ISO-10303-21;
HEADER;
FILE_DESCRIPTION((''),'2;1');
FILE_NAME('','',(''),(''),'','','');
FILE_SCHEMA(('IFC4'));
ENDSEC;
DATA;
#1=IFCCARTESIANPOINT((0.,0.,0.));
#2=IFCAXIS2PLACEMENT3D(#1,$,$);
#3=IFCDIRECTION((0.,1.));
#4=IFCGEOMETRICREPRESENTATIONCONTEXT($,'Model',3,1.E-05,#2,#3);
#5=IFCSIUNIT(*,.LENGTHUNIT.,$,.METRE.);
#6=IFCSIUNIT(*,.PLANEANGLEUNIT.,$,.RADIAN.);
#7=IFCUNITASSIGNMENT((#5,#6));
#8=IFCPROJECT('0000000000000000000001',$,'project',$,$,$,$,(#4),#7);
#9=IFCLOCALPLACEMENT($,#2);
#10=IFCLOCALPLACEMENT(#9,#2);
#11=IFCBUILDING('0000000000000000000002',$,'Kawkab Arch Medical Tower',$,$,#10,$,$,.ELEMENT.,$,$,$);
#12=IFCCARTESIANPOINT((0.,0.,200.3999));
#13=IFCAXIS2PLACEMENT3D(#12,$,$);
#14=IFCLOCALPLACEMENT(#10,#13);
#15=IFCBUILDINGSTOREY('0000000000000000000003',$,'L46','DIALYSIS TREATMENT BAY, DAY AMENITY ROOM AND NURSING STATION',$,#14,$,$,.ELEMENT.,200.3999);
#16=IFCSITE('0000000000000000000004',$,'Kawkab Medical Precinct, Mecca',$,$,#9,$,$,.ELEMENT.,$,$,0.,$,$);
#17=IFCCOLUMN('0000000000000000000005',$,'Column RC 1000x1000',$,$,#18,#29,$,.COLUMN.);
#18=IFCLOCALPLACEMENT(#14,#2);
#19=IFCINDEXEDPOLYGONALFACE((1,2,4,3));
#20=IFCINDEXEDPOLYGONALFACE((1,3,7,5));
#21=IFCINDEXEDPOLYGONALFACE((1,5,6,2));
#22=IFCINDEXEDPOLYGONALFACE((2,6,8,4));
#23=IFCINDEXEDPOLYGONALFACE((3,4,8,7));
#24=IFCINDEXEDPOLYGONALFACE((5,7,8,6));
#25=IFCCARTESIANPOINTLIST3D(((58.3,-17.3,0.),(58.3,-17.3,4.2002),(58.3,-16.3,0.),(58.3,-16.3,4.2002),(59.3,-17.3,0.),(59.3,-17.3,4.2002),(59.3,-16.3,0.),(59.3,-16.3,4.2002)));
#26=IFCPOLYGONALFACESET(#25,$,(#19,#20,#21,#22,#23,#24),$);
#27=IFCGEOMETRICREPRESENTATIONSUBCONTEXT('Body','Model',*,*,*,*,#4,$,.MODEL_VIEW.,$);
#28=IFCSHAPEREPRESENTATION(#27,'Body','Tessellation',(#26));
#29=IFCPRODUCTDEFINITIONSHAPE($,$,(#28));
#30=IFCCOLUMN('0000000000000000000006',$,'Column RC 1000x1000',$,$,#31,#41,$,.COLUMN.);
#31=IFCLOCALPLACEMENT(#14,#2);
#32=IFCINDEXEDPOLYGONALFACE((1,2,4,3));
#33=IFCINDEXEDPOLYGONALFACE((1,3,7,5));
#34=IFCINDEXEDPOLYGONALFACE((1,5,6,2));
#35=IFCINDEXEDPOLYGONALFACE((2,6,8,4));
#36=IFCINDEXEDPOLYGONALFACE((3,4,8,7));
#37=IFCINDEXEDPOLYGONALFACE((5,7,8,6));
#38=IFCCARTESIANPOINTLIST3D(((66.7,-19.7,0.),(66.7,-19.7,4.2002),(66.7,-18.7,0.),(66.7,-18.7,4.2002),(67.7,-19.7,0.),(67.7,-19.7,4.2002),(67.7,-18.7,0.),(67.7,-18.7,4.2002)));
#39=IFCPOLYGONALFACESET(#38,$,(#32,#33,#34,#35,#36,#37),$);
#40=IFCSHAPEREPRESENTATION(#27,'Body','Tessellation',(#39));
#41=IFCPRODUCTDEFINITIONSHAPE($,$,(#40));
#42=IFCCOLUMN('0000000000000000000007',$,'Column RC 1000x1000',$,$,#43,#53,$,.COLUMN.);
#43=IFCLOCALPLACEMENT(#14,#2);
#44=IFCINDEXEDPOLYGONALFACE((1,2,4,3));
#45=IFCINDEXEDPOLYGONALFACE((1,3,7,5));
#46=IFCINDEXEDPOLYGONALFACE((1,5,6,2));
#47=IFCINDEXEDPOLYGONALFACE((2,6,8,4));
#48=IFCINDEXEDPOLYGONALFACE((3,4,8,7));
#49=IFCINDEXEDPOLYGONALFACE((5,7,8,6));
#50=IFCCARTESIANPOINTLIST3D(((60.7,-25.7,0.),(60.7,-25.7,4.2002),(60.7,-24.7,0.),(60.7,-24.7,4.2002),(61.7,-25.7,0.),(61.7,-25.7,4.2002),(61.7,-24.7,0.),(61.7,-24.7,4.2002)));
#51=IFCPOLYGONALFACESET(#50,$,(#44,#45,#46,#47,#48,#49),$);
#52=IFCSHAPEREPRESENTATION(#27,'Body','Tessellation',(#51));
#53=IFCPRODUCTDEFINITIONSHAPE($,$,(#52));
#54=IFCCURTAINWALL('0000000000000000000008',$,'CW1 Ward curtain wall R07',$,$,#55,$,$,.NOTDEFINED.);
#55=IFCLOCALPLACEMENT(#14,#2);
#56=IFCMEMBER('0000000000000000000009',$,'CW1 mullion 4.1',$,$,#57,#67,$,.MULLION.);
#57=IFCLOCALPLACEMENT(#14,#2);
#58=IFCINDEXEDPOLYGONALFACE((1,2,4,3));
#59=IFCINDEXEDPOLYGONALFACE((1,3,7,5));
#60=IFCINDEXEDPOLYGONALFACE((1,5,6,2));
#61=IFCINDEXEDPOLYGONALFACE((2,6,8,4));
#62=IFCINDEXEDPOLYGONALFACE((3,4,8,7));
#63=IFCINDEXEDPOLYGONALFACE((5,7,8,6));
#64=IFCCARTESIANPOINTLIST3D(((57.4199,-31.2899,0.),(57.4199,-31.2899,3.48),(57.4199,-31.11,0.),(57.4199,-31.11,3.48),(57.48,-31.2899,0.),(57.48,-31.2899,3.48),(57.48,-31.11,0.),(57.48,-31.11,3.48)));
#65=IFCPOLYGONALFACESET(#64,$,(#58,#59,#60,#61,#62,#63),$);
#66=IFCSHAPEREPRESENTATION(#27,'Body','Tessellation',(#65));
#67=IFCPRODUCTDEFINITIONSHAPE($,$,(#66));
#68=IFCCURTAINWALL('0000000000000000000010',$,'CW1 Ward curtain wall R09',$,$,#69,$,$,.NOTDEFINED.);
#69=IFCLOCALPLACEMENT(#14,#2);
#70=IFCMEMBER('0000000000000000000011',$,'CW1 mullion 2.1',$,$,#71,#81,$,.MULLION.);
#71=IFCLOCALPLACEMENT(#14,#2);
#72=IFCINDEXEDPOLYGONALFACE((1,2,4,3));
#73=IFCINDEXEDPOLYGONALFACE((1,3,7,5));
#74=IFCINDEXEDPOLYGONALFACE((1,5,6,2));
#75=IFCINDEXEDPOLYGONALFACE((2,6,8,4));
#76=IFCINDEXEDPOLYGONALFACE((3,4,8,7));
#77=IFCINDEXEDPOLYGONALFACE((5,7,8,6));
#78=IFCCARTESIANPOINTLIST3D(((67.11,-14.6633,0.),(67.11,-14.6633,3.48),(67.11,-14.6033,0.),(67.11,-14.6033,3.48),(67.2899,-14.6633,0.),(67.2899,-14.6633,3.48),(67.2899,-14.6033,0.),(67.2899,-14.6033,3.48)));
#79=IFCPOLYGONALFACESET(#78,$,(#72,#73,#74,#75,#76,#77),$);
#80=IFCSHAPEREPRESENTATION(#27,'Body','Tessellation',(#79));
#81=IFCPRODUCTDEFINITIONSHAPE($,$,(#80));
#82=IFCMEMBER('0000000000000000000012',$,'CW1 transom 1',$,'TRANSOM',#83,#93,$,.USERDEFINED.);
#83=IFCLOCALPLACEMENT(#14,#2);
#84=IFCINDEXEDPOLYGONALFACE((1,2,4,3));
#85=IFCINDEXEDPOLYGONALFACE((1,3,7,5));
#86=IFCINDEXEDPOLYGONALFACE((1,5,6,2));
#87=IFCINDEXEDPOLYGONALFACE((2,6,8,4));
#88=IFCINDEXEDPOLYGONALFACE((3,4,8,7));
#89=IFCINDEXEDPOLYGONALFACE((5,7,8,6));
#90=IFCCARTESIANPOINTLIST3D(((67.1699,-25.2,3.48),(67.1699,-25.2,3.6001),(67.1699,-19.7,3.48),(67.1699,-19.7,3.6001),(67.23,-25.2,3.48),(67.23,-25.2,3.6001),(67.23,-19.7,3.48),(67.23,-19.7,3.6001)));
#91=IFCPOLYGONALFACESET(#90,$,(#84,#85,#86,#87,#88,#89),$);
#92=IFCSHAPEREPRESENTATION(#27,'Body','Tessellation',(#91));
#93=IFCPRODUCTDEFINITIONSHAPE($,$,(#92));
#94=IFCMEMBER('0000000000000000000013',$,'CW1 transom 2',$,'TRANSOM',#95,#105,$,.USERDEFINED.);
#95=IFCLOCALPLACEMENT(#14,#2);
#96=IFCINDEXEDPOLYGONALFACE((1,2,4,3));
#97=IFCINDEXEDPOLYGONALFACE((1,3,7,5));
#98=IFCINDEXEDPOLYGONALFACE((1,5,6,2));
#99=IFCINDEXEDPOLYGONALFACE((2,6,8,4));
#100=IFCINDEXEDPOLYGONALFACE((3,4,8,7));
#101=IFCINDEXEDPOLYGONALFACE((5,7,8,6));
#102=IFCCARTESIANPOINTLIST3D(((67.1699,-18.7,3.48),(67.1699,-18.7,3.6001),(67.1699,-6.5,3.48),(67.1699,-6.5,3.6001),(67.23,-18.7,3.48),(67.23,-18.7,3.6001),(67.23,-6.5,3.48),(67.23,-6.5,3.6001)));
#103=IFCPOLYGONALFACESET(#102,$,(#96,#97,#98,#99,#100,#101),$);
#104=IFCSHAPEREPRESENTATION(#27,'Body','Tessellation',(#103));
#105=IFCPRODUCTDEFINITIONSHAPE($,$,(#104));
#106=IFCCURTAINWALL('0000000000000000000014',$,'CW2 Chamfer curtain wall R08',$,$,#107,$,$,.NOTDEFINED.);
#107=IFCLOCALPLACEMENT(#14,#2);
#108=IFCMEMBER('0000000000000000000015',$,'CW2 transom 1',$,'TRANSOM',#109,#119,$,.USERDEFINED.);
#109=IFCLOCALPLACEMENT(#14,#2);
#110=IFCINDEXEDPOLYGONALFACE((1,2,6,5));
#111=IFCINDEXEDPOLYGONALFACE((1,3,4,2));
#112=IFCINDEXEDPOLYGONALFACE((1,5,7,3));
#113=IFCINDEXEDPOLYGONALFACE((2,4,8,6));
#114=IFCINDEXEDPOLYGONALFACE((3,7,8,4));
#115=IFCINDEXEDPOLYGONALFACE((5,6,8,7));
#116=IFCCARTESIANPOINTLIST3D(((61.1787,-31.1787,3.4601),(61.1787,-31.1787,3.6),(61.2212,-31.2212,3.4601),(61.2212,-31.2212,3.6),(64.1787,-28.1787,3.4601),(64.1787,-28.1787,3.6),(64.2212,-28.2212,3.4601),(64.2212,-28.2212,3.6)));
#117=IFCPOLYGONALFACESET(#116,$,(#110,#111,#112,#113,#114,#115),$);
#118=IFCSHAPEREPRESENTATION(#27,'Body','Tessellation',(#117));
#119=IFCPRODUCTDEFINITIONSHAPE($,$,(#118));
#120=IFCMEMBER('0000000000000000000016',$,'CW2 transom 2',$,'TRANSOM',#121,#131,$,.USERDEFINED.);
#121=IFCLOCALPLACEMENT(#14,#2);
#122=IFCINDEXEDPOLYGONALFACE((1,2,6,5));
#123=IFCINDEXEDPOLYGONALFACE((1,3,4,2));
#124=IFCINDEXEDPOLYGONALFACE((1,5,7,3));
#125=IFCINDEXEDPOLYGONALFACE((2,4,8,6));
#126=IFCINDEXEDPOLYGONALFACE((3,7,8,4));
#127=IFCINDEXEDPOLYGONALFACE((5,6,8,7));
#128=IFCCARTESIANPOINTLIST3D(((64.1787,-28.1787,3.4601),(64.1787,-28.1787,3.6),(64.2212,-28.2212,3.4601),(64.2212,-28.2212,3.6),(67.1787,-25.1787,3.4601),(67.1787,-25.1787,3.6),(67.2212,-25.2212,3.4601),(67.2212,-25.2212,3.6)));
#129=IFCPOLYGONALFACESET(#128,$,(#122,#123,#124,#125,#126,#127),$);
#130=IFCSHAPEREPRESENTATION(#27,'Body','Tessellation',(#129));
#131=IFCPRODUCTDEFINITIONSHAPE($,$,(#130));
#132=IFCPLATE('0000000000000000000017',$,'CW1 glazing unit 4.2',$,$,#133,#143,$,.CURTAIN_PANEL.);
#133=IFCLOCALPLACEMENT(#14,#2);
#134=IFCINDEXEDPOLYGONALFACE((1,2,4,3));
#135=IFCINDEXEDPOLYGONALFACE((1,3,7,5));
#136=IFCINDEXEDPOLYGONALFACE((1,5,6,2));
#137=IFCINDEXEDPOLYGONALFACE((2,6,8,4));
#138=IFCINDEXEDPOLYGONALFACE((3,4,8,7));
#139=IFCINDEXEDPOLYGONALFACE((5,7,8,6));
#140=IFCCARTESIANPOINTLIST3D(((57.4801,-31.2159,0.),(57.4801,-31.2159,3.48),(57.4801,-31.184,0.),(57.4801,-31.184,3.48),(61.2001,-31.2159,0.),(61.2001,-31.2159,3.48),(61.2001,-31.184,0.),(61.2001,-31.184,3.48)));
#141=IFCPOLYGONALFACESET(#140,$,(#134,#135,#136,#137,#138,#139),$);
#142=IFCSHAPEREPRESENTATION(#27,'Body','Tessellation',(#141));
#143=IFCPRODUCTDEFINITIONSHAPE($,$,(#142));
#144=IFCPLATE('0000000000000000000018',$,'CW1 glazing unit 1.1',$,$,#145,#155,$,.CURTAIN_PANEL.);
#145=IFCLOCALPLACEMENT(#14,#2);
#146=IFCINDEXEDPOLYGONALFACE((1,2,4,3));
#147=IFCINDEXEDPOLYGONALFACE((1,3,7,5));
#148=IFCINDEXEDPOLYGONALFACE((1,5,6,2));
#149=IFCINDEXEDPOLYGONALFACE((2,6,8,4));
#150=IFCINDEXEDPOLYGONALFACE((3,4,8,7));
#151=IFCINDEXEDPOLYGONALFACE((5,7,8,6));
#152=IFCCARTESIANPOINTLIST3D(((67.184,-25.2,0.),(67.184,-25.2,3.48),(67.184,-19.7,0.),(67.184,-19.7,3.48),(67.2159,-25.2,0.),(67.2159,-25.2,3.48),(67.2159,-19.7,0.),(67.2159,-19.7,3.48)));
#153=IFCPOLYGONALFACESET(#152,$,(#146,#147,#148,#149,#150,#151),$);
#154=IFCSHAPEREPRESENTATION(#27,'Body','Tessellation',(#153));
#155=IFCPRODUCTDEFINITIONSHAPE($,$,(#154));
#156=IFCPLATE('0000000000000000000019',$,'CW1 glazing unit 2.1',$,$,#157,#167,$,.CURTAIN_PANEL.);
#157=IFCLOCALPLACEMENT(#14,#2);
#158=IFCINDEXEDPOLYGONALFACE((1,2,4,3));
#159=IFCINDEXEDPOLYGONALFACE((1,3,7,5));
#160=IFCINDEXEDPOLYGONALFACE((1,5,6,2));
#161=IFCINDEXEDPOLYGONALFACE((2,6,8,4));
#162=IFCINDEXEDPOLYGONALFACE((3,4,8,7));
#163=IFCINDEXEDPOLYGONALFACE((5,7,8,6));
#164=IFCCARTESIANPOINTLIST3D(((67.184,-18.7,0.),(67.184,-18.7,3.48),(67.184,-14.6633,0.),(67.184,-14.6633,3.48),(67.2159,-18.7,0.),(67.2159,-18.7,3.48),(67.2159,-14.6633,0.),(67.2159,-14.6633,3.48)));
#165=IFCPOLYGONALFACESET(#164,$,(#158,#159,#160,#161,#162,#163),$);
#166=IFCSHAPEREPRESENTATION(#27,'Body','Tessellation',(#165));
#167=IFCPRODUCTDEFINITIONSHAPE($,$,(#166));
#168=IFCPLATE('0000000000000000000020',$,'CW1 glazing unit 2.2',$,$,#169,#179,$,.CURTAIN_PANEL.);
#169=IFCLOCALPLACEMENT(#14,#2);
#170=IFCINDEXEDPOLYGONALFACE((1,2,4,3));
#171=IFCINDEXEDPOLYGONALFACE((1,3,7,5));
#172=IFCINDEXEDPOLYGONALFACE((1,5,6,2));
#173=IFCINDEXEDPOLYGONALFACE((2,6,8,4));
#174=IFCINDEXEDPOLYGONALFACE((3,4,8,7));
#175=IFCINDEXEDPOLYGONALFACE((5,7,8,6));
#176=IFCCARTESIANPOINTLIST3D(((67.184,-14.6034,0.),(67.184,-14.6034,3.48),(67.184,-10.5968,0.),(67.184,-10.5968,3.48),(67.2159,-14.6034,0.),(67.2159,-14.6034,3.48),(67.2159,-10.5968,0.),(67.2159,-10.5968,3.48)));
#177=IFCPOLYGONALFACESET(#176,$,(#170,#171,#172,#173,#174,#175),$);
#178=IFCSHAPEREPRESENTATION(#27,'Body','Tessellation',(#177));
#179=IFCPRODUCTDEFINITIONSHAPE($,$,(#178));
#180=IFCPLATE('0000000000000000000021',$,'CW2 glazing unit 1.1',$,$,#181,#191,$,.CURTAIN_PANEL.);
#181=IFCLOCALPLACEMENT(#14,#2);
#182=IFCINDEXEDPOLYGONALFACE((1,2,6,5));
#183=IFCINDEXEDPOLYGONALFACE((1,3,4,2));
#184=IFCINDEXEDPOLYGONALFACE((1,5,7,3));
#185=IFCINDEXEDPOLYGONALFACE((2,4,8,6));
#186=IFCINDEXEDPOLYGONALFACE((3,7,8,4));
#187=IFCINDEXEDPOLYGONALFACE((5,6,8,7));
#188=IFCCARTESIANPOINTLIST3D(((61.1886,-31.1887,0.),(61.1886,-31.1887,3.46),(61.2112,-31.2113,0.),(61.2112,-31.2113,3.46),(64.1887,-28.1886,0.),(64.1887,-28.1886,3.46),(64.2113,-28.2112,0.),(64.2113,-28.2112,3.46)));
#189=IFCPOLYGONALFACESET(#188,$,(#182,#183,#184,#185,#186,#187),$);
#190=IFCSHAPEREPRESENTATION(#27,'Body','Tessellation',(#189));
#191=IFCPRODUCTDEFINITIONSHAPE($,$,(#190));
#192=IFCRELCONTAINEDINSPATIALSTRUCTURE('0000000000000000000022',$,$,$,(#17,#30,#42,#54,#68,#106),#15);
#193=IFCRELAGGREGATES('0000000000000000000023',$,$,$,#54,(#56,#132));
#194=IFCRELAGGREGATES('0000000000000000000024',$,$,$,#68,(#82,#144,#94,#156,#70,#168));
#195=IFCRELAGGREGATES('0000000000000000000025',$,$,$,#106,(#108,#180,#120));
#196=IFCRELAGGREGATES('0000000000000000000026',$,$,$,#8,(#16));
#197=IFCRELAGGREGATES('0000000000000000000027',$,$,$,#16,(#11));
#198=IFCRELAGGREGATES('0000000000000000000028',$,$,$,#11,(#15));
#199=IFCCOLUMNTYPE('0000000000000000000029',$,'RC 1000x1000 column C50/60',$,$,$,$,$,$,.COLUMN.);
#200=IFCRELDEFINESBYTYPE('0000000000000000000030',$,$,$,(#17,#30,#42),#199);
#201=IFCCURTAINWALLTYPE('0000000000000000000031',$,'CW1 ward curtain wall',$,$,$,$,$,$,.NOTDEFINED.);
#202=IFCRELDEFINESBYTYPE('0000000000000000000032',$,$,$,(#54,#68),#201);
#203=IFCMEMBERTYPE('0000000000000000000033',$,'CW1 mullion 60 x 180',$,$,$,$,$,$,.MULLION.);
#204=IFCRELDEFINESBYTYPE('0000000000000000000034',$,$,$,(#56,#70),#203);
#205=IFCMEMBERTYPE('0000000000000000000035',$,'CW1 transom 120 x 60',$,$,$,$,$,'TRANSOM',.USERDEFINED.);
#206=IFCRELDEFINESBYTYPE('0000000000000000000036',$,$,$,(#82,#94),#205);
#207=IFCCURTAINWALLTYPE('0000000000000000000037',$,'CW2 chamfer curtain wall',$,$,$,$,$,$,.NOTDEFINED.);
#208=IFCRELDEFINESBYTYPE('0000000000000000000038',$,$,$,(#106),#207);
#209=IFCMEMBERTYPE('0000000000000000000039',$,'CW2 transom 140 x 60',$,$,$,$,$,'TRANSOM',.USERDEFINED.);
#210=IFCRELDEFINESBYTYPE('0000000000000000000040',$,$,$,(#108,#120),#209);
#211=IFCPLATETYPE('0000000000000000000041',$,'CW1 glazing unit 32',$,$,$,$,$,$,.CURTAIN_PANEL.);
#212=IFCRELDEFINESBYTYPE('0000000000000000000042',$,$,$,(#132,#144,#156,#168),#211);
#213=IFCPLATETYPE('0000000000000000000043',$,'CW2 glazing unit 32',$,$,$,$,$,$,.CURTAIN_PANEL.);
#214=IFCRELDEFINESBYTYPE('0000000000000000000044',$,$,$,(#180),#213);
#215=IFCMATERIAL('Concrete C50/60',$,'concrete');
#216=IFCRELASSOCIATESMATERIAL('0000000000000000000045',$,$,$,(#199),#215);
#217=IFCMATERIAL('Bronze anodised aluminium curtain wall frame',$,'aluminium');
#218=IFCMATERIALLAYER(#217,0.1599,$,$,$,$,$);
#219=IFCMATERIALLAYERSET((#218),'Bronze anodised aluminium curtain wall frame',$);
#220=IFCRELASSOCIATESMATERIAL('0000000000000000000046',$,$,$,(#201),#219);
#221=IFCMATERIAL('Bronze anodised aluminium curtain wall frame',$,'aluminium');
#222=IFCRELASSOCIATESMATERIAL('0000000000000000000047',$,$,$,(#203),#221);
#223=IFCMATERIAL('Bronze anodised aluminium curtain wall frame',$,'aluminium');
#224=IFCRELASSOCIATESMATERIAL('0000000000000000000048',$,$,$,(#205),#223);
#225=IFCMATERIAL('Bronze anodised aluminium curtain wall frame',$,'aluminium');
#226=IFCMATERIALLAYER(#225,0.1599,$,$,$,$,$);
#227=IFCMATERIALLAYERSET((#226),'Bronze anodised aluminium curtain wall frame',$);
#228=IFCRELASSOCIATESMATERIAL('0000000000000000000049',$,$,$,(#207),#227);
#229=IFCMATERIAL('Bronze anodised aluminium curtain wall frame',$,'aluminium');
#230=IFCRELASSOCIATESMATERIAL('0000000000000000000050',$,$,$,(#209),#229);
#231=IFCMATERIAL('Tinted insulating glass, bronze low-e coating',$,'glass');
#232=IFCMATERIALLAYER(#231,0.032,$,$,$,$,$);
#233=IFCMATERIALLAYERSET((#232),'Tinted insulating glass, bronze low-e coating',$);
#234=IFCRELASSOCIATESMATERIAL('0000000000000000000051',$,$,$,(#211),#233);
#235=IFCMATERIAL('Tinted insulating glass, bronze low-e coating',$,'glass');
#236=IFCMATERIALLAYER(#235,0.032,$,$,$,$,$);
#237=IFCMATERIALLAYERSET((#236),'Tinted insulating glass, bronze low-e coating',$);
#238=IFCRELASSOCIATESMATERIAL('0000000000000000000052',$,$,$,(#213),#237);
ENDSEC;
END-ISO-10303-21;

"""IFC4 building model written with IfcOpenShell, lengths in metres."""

from ifc_helpers import new_model, si_unit, direction, frame, origin, origin_2d, place, context, subcontext, project, spatial, rectangle, extrude, material, layer, layer_set, material_profile, profile_set, type_object, element, aggregate, save


model = new_model("IFC4")

# Units and contexts
model_context = context("Model", 3, precision=1e-05, world=origin(), true_north=direction((0.0, 1.0)))
body_context = subcontext(model_context, "Body", "Model", "MODEL_VIEW")
ifc_project = project(units=[si_unit("LENGTHUNIT", "METRE"), si_unit("PLANEANGLEUNIT", "RADIAN")], contexts=[model_context])

# Site, building, storey
site_placement = place(None, origin())
site = spatial("IfcSite", under=ifc_project, at=site_placement, Name="Kawkab Medical Precinct, Mecca", CompositionType="ELEMENT", RefElevation=0.0)
building_placement = place(site_placement, origin())
building = spatial("IfcBuilding", under=site, at=building_placement, Name="Kawkab Arch Medical Tower", CompositionType="ELEMENT")
storey_placement = place(building_placement, frame((0.0, 0.0, 200.3999)))
storey = spatial("IfcBuildingStorey", under=building, at=storey_placement, Name="L46", Description="DIALYSIS TREATMENT BAY, DAY AMENITY ROOM AND NURSING STATION", CompositionType="ELEMENT", Elevation=200.3999)

# Columns
ifc_material_1 = material(Name="Concrete C50/60", Category="concrete")
ifc_material_profile_1 = material_profile(ifc_material_1, rectangle(XDim=1.0, YDim=1.0, at=origin_2d()), Name="RC 1000x1000")
ifc_profile_set_1 = profile_set([ifc_material_profile_1], Name="Concrete C50/60")
column_type = type_object("IfcColumnType", Name="RC 1000x1000 column C50/60", PredefinedType="COLUMN", material=ifc_profile_set_1)
for number, where, z_axis, x_axis, name in (
    (1, (58.8, -16.8, 0.0), (0.0, 0.0, 1.0), (1.0, 0.0, 0.0), "Column RC 1000x1000"),
    (2, (67.2, -19.2, 0.0), (0.0, 0.0, 1.0), (1.0, 0.0, 0.0), "Column RC 1000x1000"),
    (3, (61.2, -25.2, 0.0), (0.0, 0.0, 1.0), (1.0, 0.0, 0.0), "Column RC 1000x1000"),
):
    element("IfcColumn", number, at=place(storey_placement, frame(where, z_axis=z_axis, x_axis=x_axis)), inside=storey, type_object=column_type, Name=name, PredefinedType="COLUMN", context=body_context, shape_type="SweptSolid", body=[
        extrude(rectangle(XDim=1.0, YDim=1.0, at=origin_2d()), origin(), (0.0, 0.0, 1.0), 4.2002),
    ])

# Curtain wall, member
ifc_material_2 = material(Name="Bronze anodised aluminium curtain wall frame", Category="aluminium")
ifc_layer_1 = layer(ifc_material_2, 0.1599)
ifc_layer_set_1 = layer_set([ifc_layer_1], Name="Bronze anodised aluminium curtain wall frame")
curtain_wall_type_1 = type_object("IfcCurtainWallType", Name="CW1 ward curtain wall", PredefinedType="NOTDEFINED", material=ifc_layer_set_1)
placement = place(storey_placement, origin())
curtain_wall_1 = element("IfcCurtainWall", 4, at=placement, inside=storey, type_object=curtain_wall_type_1, Name="CW1 Ward curtain wall R07", PredefinedType="NOTDEFINED")
ifc_material_3 = material(Name="Bronze anodised aluminium curtain wall frame", Category="aluminium")
ifc_material_profile_2 = material_profile(ifc_material_3, rectangle(XDim=0.1799, YDim=0.0601, at=origin_2d()), Name="AL 60x180")
ifc_profile_set_2 = profile_set([ifc_material_profile_2], Name="Bronze anodised aluminium curtain wall frame")
member_type_1 = type_object("IfcMemberType", Name="CW1 mullion 60 x 180", PredefinedType="MULLION", material=ifc_profile_set_2)
member_1_placement = place(storey_placement, frame((57.45, -31.2, 0.0), z_axis=(0.0, 0.0, 1.0), x_axis=(0.0, 1.0, 0.0)))
member_1 = element("IfcMember", 5, at=member_1_placement, type_object=member_type_1, Name="CW1 mullion 4.1", PredefinedType="MULLION", context=body_context, shape_type="SweptSolid", body=[
    extrude(rectangle(XDim=0.1799, YDim=0.0601, at=origin_2d()), origin(), (0.0, 0.0, 1.0), 3.48),
])

# Curtain walls, members
curtain_wall_2 = element("IfcCurtainWall", 6, at=placement, inside=storey, type_object=curtain_wall_type_1, Name="CW1 Ward curtain wall R09", PredefinedType="NOTDEFINED")
member_2_placement = place(storey_placement, frame((67.2, -14.6333, 0.0), z_axis=(0.0, 0.0, 1.0), x_axis=(-1.0, 0.0, 0.0)))
member_2 = element("IfcMember", 7, at=member_2_placement, type_object=member_type_1, Name="CW1 mullion 2.1", PredefinedType="MULLION", context=body_context, shape_type="SweptSolid", body=[
    extrude(rectangle(XDim=0.1799, YDim=0.0601, at=origin_2d()), origin(), (0.0, 0.0, 1.0), 3.48),
])
ifc_material_4 = material(Name="Bronze anodised aluminium curtain wall frame", Category="aluminium")
ifc_material_profile_3 = material_profile(ifc_material_4, rectangle(XDim=0.0601, YDim=0.1201, at=origin_2d()), Name="AL 60x120")
ifc_profile_set_3 = profile_set([ifc_material_profile_3], Name="Bronze anodised aluminium curtain wall frame")
member_type_2 = type_object("IfcMemberType", Name="CW1 transom 120 x 60", ElementType="TRANSOM", PredefinedType="USERDEFINED", material=ifc_profile_set_3)
member_3_placement = place(storey_placement, frame((67.2, -25.2, 3.54), z_axis=(0.0, 1.0, 0.0), x_axis=(-1.0, 0.0, 0.0)))
member_3 = element("IfcMember", 8, at=member_3_placement, type_object=member_type_2, Name="CW1 transom 1", ObjectType="TRANSOM", PredefinedType="USERDEFINED", context=body_context, shape_type="SweptSolid", body=[
    extrude(rectangle(XDim=0.0601, YDim=0.1201, at=origin_2d()), origin(), (0.0, 0.0, 1.0), 5.5),
])
member_4_placement = place(storey_placement, frame((67.2, -18.7, 3.54), z_axis=(0.0, 1.0, 0.0), x_axis=(-1.0, 0.0, 0.0)))
member_4 = element("IfcMember", 9, at=member_4_placement, type_object=member_type_2, Name="CW1 transom 2", ObjectType="TRANSOM", PredefinedType="USERDEFINED", context=body_context, shape_type="SweptSolid", body=[
    extrude(rectangle(XDim=0.0601, YDim=0.1201, at=origin_2d()), origin(), (0.0, 0.0, 1.0), 12.2),
])
ifc_material_5 = material(Name="Bronze anodised aluminium curtain wall frame", Category="aluminium")
ifc_layer_2 = layer(ifc_material_5, 0.1599)
ifc_layer_set_2 = layer_set([ifc_layer_2], Name="Bronze anodised aluminium curtain wall frame")
curtain_wall_type_2 = type_object("IfcCurtainWallType", Name="CW2 chamfer curtain wall", PredefinedType="NOTDEFINED", material=ifc_layer_set_2)
curtain_wall_3 = element("IfcCurtainWall", 10, at=placement, inside=storey, type_object=curtain_wall_type_2, Name="CW2 Chamfer curtain wall R08", PredefinedType="NOTDEFINED")
ifc_material_6 = material(Name="Bronze anodised aluminium curtain wall frame", Category="aluminium")
ifc_material_profile_4 = material_profile(ifc_material_6, rectangle(XDim=0.0601, YDim=0.1399, at=origin_2d()), Name="AL 60x140")
ifc_profile_set_4 = profile_set([ifc_material_profile_4], Name="Bronze anodised aluminium curtain wall frame")
member_type_3 = type_object("IfcMemberType", Name="CW2 transom 140 x 60", ElementType="TRANSOM", PredefinedType="USERDEFINED", material=ifc_profile_set_4)
member_5_placement = place(storey_placement, frame((61.2, -31.2, 3.53), z_axis=(0.707107, 0.707107, 0.0), x_axis=(-0.707107, 0.707107, 0.0)))
member_5 = element("IfcMember", 11, at=member_5_placement, type_object=member_type_3, Name="CW2 transom 1", ObjectType="TRANSOM", PredefinedType="USERDEFINED", context=body_context, shape_type="SweptSolid", body=[
    extrude(rectangle(XDim=0.0601, YDim=0.1399, at=origin_2d()), origin(), (0.0, 0.0, 1.0), 4.2427),
])
member_6_placement = place(storey_placement, frame((64.2, -28.2, 3.53), z_axis=(0.707107, 0.707107, 0.0), x_axis=(-0.707107, 0.707107, 0.0)))
member_6 = element("IfcMember", 12, at=member_6_placement, type_object=member_type_3, Name="CW2 transom 2", ObjectType="TRANSOM", PredefinedType="USERDEFINED", context=body_context, shape_type="SweptSolid", body=[
    extrude(rectangle(XDim=0.0601, YDim=0.1399, at=origin_2d()), origin(), (0.0, 0.0, 1.0), 4.2427),
])

# Plates
ifc_material_7 = material(Name="Tinted insulating glass, bronze low-e coating", Category="glass")
ifc_layer_3 = layer(ifc_material_7, 0.032)
ifc_layer_set_3 = layer_set([ifc_layer_3], Name="Tinted insulating glass, bronze low-e coating")
plate_type_1 = type_object("IfcPlateType", Name="CW1 glazing unit 32", PredefinedType="CURTAIN_PANEL", material=ifc_layer_set_3)
plate_1_placement = place(storey_placement, frame((59.3401, -31.2, 0.0), z_axis=(0.0, 0.0, 1.0), x_axis=(1.0, 0.0, 0.0)))
plate_1 = element("IfcPlate", 13, at=plate_1_placement, type_object=plate_type_1, Name="CW1 glazing unit 4.2", PredefinedType="CURTAIN_PANEL", context=body_context, shape_type="SweptSolid", body=[
    extrude(rectangle(XDim=3.72, YDim=0.032, at=origin_2d()), origin(), (0.0, 0.0, 1.0), 3.48),
])
aggregate(curtain_wall_1, [member_1, plate_1])
plate_2_placement = place(storey_placement, frame((67.2, -22.45, 0.0), z_axis=(0.0, 0.0, 1.0), x_axis=(0.0, 1.0, 0.0)))
plate_2 = element("IfcPlate", 14, at=plate_2_placement, type_object=plate_type_1, Name="CW1 glazing unit 1.1", PredefinedType="CURTAIN_PANEL", context=body_context, shape_type="SweptSolid", body=[
    extrude(rectangle(XDim=5.5, YDim=0.032, at=origin_2d()), origin(), (0.0, 0.0, 1.0), 3.48),
])
plate_3_placement = place(storey_placement, frame((67.2, -16.6816, 0.0), z_axis=(0.0, 0.0, 1.0), x_axis=(0.0, 1.0, 0.0)))
plate_3 = element("IfcPlate", 15, at=plate_3_placement, type_object=plate_type_1, Name="CW1 glazing unit 2.1", PredefinedType="CURTAIN_PANEL", context=body_context, shape_type="SweptSolid", body=[
    extrude(rectangle(XDim=4.0366, YDim=0.032, at=origin_2d()), origin(), (0.0, 0.0, 1.0), 3.48),
])
plate_4_placement = place(storey_placement, frame((67.2, -12.6001, 0.0), z_axis=(0.0, 0.0, 1.0), x_axis=(0.0, 1.0, 0.0)))
plate_4 = element("IfcPlate", 16, at=plate_4_placement, type_object=plate_type_1, Name="CW1 glazing unit 2.2", PredefinedType="CURTAIN_PANEL", context=body_context, shape_type="SweptSolid", body=[
    extrude(rectangle(XDim=4.0066, YDim=0.032, at=origin_2d()), origin(), (0.0, 0.0, 1.0), 3.48),
])
aggregate(curtain_wall_2, [member_3, plate_2, member_4, plate_3, member_2, plate_4])
ifc_material_8 = material(Name="Tinted insulating glass, bronze low-e coating", Category="glass")
ifc_layer_4 = layer(ifc_material_8, 0.032)
ifc_layer_set_4 = layer_set([ifc_layer_4], Name="Tinted insulating glass, bronze low-e coating")
plate_type_2 = type_object("IfcPlateType", Name="CW2 glazing unit 32", PredefinedType="CURTAIN_PANEL", material=ifc_layer_set_4)
plate_5_placement = place(storey_placement, frame((62.7, -29.7, 0.0), z_axis=(0.0, 0.0, 1.0), x_axis=(0.707107, 0.707107, 0.0)))
plate_5 = element("IfcPlate", 17, at=plate_5_placement, type_object=plate_type_2, Name="CW2 glazing unit 1.1", PredefinedType="CURTAIN_PANEL", context=body_context, shape_type="SweptSolid", body=[
    extrude(rectangle(XDim=4.2427, YDim=0.032, at=origin_2d()), origin(), (0.0, 0.0, 1.0), 3.46),
])
aggregate(curtain_wall_3, [member_5, plate_5, member_6])

save(model, "model.ifc")
